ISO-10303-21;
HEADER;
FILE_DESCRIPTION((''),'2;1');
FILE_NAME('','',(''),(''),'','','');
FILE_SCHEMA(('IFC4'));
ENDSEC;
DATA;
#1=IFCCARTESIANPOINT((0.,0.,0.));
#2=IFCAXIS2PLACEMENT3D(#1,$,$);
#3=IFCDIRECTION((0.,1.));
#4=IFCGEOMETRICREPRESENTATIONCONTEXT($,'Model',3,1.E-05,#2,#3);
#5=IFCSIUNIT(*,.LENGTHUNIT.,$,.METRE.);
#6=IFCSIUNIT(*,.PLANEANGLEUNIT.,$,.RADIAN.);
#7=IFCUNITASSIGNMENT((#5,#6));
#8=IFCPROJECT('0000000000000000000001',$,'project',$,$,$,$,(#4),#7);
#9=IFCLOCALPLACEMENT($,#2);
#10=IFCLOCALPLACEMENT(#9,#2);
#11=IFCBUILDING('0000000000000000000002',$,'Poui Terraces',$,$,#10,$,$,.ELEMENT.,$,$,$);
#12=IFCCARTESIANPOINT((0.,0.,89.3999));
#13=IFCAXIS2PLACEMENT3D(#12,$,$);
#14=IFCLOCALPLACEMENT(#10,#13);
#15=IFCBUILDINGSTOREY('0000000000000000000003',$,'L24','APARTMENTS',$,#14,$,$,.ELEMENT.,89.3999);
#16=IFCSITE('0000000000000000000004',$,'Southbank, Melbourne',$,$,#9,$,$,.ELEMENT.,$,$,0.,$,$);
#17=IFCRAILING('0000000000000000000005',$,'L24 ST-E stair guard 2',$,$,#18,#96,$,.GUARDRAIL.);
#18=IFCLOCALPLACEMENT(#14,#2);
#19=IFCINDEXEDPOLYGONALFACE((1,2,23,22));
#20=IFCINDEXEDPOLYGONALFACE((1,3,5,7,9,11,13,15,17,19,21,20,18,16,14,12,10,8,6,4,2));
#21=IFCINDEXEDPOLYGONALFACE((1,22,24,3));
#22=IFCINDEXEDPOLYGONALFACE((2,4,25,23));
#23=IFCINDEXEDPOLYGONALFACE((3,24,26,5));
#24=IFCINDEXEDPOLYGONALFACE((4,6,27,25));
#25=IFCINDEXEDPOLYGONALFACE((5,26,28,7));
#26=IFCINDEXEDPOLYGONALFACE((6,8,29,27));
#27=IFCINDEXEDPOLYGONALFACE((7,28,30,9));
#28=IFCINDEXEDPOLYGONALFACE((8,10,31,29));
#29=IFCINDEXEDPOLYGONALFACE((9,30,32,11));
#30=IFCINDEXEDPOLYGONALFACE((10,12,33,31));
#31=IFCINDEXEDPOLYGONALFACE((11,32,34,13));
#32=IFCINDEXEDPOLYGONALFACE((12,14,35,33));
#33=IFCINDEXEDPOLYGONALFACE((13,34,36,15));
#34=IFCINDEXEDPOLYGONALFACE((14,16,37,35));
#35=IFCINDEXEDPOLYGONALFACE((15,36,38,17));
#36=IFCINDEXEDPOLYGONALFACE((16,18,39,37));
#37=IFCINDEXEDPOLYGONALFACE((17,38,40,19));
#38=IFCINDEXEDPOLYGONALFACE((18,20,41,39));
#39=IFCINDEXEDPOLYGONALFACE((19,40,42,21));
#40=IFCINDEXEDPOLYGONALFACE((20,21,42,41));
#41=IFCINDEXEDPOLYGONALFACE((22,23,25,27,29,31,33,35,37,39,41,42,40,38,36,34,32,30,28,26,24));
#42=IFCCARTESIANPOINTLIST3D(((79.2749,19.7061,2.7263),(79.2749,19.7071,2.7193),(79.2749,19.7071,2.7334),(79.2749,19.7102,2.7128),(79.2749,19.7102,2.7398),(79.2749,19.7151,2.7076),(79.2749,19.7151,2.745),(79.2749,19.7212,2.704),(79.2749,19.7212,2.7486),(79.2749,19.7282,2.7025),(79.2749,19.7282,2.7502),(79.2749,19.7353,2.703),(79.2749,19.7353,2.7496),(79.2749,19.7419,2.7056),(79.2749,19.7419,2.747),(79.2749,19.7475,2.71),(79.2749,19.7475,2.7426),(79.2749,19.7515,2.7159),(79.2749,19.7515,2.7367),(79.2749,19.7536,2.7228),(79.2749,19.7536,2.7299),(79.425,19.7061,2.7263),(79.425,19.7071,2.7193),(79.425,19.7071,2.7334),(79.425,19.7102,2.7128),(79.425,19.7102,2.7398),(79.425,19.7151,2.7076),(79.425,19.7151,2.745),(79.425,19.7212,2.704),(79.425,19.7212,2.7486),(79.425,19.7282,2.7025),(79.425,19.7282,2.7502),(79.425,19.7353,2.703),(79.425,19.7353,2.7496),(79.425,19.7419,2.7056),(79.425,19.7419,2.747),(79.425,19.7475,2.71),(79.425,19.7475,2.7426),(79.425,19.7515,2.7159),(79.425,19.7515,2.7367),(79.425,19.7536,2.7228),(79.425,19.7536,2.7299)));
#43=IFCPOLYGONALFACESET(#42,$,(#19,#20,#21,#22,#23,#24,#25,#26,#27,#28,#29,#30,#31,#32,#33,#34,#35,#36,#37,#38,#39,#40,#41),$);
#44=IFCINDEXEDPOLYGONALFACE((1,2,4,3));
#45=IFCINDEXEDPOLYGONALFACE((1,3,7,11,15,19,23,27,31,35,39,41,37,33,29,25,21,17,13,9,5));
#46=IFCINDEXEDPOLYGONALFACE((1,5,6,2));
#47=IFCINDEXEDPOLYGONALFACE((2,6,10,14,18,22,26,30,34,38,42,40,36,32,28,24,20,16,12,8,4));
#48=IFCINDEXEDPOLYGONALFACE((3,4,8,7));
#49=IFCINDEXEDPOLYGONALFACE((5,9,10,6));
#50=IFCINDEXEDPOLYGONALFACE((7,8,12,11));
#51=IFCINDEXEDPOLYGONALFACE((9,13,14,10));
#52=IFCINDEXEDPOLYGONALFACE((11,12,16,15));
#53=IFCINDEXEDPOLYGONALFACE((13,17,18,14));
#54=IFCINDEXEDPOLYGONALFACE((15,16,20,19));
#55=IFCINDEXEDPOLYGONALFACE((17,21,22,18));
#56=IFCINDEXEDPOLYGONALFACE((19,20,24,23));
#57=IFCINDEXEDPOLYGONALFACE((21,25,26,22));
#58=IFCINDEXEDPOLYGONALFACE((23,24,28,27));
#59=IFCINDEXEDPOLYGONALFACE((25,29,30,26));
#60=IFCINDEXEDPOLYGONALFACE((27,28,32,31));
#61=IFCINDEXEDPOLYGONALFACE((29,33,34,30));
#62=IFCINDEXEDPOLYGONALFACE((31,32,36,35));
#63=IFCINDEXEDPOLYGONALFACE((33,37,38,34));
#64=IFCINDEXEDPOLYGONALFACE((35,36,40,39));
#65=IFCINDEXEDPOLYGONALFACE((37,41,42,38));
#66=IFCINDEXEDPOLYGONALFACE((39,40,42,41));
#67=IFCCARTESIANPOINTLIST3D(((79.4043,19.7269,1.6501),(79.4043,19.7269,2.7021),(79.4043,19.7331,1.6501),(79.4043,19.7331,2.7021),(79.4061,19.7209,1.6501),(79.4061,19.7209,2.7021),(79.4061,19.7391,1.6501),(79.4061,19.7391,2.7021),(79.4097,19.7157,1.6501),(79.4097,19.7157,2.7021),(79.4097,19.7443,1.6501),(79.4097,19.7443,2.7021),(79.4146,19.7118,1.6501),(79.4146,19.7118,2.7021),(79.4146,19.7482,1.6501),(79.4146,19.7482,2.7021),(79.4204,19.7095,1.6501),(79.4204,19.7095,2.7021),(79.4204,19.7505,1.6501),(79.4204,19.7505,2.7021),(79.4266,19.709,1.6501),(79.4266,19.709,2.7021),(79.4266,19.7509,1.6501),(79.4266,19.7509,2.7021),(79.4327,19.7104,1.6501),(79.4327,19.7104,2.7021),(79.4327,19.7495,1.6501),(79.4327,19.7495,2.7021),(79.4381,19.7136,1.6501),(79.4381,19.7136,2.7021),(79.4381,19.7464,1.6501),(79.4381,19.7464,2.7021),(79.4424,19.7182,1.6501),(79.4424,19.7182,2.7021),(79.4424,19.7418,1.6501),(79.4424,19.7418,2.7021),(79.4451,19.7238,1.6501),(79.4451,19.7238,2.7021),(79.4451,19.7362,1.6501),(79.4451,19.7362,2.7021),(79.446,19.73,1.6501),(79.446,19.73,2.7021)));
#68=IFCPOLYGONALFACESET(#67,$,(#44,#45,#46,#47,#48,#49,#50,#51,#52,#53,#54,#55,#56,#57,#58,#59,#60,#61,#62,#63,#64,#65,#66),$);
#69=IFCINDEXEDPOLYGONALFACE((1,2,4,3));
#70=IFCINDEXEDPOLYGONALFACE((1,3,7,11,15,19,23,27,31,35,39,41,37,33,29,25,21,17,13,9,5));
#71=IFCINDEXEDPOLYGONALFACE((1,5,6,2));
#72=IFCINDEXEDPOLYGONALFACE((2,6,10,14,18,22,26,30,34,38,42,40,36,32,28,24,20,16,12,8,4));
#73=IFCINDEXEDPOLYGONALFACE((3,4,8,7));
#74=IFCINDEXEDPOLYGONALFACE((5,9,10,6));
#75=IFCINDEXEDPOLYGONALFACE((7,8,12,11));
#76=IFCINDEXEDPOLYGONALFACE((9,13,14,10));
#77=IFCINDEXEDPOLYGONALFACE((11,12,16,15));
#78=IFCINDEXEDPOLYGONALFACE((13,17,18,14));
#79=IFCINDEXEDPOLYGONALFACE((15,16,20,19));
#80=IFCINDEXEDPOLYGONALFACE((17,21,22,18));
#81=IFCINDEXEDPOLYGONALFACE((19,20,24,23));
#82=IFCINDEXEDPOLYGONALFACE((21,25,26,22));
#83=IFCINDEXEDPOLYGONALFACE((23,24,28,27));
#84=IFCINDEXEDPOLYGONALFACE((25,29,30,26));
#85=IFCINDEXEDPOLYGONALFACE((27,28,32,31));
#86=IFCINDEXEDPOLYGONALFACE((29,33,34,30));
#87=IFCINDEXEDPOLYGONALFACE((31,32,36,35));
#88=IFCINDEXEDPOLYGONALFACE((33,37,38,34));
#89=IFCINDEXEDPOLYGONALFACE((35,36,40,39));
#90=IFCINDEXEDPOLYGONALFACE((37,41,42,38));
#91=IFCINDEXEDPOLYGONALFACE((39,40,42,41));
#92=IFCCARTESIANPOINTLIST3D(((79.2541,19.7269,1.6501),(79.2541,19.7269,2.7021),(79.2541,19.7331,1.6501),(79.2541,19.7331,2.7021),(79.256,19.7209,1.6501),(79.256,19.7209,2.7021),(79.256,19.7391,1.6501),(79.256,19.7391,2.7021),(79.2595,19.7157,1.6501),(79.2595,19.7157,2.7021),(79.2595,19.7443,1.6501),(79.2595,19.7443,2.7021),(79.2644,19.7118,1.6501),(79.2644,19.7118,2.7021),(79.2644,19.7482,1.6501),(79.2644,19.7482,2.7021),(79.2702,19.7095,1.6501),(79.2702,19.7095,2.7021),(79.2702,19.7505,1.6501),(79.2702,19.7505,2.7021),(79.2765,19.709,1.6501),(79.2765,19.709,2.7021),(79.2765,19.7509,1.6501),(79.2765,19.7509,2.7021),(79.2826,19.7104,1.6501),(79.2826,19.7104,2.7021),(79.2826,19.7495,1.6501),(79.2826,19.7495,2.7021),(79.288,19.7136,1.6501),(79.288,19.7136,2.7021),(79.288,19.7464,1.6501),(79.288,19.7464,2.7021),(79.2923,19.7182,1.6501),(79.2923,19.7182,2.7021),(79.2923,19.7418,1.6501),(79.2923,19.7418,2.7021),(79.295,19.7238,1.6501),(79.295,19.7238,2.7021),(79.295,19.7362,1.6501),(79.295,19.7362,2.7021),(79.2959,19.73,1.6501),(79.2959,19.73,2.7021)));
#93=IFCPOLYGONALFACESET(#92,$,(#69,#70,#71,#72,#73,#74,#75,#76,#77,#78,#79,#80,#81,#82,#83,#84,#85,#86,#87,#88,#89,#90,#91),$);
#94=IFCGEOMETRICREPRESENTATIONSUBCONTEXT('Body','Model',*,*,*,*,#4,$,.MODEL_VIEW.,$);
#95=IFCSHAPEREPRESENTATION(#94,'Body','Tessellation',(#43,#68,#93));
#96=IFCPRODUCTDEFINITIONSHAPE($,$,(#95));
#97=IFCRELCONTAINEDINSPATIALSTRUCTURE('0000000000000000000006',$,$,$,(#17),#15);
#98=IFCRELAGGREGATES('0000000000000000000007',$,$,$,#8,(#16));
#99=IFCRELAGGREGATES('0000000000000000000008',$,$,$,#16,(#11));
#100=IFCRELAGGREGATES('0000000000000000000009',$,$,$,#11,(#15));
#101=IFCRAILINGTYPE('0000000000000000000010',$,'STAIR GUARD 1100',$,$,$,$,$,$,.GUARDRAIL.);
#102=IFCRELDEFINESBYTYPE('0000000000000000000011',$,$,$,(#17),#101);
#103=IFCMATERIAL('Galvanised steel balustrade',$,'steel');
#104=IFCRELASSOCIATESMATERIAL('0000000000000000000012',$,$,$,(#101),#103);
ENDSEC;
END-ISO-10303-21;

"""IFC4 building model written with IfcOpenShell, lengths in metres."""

from ifc_helpers import new_model, si_unit, direction, frame, origin, origin_2d, place, context, subcontext, project, spatial, circle, extrude, material, type_object, element, save


model = new_model("IFC4")

# Units and contexts
model_context = context("Model", 3, precision=1e-05, world=origin(), true_north=direction((0.0, 1.0)))
body_context = subcontext(model_context, "Body", "Model", "MODEL_VIEW")
ifc_project = project(units=[si_unit("LENGTHUNIT", "METRE"), si_unit("PLANEANGLEUNIT", "RADIAN")], contexts=[model_context])

# Site, building, storey
site_placement = place(None, origin())
site = spatial("IfcSite", under=ifc_project, at=site_placement, Name="Southbank, Melbourne", CompositionType="ELEMENT", RefElevation=0.0)
building_placement = place(site_placement, origin())
building = spatial("IfcBuilding", under=site, at=building_placement, Name="Poui Terraces", CompositionType="ELEMENT")
storey_placement = place(building_placement, frame((0.0, 0.0, 89.3999)))
storey = spatial("IfcBuildingStorey", under=building, at=storey_placement, Name="L24", Description="APARTMENTS", CompositionType="ELEMENT", Elevation=89.3999)

# Railing
ifc_material_1 = material(Name="Galvanised steel balustrade", Category="steel")
railing_type_1 = type_object("IfcRailingType", Name="STAIR GUARD 1100", PredefinedType="GUARDRAIL", material=ifc_material_1)
railing_1_placement = place(storey_placement, frame((79.425, 19.73, 1.6501)))
element("IfcRailing", 1, at=railing_1_placement, inside=storey, type_object=railing_type_1, Name="L24 ST-E stair guard 2", PredefinedType="GUARDRAIL", context=body_context, shape_type="SweptSolid", body=[
    extrude(circle(Radius=0.0239, at=origin_2d()), frame((0.0, 0.0, 1.0762), z_axis=(-1.0, 0.0, 0.0), x_axis=(0.0, -1.0, 0.0)), (0.0, 0.0, 1.0), 0.1501),
    extrude(circle(Radius=0.021, at=origin_2d()), origin(), (0.0, 0.0, 1.0), 1.052),
    extrude(circle(Radius=0.021, at=origin_2d()), frame((-0.1501, 0.0, 0.0)), (0.0, 0.0, 1.0), 1.052),
])

save(model, "model.ifc")
